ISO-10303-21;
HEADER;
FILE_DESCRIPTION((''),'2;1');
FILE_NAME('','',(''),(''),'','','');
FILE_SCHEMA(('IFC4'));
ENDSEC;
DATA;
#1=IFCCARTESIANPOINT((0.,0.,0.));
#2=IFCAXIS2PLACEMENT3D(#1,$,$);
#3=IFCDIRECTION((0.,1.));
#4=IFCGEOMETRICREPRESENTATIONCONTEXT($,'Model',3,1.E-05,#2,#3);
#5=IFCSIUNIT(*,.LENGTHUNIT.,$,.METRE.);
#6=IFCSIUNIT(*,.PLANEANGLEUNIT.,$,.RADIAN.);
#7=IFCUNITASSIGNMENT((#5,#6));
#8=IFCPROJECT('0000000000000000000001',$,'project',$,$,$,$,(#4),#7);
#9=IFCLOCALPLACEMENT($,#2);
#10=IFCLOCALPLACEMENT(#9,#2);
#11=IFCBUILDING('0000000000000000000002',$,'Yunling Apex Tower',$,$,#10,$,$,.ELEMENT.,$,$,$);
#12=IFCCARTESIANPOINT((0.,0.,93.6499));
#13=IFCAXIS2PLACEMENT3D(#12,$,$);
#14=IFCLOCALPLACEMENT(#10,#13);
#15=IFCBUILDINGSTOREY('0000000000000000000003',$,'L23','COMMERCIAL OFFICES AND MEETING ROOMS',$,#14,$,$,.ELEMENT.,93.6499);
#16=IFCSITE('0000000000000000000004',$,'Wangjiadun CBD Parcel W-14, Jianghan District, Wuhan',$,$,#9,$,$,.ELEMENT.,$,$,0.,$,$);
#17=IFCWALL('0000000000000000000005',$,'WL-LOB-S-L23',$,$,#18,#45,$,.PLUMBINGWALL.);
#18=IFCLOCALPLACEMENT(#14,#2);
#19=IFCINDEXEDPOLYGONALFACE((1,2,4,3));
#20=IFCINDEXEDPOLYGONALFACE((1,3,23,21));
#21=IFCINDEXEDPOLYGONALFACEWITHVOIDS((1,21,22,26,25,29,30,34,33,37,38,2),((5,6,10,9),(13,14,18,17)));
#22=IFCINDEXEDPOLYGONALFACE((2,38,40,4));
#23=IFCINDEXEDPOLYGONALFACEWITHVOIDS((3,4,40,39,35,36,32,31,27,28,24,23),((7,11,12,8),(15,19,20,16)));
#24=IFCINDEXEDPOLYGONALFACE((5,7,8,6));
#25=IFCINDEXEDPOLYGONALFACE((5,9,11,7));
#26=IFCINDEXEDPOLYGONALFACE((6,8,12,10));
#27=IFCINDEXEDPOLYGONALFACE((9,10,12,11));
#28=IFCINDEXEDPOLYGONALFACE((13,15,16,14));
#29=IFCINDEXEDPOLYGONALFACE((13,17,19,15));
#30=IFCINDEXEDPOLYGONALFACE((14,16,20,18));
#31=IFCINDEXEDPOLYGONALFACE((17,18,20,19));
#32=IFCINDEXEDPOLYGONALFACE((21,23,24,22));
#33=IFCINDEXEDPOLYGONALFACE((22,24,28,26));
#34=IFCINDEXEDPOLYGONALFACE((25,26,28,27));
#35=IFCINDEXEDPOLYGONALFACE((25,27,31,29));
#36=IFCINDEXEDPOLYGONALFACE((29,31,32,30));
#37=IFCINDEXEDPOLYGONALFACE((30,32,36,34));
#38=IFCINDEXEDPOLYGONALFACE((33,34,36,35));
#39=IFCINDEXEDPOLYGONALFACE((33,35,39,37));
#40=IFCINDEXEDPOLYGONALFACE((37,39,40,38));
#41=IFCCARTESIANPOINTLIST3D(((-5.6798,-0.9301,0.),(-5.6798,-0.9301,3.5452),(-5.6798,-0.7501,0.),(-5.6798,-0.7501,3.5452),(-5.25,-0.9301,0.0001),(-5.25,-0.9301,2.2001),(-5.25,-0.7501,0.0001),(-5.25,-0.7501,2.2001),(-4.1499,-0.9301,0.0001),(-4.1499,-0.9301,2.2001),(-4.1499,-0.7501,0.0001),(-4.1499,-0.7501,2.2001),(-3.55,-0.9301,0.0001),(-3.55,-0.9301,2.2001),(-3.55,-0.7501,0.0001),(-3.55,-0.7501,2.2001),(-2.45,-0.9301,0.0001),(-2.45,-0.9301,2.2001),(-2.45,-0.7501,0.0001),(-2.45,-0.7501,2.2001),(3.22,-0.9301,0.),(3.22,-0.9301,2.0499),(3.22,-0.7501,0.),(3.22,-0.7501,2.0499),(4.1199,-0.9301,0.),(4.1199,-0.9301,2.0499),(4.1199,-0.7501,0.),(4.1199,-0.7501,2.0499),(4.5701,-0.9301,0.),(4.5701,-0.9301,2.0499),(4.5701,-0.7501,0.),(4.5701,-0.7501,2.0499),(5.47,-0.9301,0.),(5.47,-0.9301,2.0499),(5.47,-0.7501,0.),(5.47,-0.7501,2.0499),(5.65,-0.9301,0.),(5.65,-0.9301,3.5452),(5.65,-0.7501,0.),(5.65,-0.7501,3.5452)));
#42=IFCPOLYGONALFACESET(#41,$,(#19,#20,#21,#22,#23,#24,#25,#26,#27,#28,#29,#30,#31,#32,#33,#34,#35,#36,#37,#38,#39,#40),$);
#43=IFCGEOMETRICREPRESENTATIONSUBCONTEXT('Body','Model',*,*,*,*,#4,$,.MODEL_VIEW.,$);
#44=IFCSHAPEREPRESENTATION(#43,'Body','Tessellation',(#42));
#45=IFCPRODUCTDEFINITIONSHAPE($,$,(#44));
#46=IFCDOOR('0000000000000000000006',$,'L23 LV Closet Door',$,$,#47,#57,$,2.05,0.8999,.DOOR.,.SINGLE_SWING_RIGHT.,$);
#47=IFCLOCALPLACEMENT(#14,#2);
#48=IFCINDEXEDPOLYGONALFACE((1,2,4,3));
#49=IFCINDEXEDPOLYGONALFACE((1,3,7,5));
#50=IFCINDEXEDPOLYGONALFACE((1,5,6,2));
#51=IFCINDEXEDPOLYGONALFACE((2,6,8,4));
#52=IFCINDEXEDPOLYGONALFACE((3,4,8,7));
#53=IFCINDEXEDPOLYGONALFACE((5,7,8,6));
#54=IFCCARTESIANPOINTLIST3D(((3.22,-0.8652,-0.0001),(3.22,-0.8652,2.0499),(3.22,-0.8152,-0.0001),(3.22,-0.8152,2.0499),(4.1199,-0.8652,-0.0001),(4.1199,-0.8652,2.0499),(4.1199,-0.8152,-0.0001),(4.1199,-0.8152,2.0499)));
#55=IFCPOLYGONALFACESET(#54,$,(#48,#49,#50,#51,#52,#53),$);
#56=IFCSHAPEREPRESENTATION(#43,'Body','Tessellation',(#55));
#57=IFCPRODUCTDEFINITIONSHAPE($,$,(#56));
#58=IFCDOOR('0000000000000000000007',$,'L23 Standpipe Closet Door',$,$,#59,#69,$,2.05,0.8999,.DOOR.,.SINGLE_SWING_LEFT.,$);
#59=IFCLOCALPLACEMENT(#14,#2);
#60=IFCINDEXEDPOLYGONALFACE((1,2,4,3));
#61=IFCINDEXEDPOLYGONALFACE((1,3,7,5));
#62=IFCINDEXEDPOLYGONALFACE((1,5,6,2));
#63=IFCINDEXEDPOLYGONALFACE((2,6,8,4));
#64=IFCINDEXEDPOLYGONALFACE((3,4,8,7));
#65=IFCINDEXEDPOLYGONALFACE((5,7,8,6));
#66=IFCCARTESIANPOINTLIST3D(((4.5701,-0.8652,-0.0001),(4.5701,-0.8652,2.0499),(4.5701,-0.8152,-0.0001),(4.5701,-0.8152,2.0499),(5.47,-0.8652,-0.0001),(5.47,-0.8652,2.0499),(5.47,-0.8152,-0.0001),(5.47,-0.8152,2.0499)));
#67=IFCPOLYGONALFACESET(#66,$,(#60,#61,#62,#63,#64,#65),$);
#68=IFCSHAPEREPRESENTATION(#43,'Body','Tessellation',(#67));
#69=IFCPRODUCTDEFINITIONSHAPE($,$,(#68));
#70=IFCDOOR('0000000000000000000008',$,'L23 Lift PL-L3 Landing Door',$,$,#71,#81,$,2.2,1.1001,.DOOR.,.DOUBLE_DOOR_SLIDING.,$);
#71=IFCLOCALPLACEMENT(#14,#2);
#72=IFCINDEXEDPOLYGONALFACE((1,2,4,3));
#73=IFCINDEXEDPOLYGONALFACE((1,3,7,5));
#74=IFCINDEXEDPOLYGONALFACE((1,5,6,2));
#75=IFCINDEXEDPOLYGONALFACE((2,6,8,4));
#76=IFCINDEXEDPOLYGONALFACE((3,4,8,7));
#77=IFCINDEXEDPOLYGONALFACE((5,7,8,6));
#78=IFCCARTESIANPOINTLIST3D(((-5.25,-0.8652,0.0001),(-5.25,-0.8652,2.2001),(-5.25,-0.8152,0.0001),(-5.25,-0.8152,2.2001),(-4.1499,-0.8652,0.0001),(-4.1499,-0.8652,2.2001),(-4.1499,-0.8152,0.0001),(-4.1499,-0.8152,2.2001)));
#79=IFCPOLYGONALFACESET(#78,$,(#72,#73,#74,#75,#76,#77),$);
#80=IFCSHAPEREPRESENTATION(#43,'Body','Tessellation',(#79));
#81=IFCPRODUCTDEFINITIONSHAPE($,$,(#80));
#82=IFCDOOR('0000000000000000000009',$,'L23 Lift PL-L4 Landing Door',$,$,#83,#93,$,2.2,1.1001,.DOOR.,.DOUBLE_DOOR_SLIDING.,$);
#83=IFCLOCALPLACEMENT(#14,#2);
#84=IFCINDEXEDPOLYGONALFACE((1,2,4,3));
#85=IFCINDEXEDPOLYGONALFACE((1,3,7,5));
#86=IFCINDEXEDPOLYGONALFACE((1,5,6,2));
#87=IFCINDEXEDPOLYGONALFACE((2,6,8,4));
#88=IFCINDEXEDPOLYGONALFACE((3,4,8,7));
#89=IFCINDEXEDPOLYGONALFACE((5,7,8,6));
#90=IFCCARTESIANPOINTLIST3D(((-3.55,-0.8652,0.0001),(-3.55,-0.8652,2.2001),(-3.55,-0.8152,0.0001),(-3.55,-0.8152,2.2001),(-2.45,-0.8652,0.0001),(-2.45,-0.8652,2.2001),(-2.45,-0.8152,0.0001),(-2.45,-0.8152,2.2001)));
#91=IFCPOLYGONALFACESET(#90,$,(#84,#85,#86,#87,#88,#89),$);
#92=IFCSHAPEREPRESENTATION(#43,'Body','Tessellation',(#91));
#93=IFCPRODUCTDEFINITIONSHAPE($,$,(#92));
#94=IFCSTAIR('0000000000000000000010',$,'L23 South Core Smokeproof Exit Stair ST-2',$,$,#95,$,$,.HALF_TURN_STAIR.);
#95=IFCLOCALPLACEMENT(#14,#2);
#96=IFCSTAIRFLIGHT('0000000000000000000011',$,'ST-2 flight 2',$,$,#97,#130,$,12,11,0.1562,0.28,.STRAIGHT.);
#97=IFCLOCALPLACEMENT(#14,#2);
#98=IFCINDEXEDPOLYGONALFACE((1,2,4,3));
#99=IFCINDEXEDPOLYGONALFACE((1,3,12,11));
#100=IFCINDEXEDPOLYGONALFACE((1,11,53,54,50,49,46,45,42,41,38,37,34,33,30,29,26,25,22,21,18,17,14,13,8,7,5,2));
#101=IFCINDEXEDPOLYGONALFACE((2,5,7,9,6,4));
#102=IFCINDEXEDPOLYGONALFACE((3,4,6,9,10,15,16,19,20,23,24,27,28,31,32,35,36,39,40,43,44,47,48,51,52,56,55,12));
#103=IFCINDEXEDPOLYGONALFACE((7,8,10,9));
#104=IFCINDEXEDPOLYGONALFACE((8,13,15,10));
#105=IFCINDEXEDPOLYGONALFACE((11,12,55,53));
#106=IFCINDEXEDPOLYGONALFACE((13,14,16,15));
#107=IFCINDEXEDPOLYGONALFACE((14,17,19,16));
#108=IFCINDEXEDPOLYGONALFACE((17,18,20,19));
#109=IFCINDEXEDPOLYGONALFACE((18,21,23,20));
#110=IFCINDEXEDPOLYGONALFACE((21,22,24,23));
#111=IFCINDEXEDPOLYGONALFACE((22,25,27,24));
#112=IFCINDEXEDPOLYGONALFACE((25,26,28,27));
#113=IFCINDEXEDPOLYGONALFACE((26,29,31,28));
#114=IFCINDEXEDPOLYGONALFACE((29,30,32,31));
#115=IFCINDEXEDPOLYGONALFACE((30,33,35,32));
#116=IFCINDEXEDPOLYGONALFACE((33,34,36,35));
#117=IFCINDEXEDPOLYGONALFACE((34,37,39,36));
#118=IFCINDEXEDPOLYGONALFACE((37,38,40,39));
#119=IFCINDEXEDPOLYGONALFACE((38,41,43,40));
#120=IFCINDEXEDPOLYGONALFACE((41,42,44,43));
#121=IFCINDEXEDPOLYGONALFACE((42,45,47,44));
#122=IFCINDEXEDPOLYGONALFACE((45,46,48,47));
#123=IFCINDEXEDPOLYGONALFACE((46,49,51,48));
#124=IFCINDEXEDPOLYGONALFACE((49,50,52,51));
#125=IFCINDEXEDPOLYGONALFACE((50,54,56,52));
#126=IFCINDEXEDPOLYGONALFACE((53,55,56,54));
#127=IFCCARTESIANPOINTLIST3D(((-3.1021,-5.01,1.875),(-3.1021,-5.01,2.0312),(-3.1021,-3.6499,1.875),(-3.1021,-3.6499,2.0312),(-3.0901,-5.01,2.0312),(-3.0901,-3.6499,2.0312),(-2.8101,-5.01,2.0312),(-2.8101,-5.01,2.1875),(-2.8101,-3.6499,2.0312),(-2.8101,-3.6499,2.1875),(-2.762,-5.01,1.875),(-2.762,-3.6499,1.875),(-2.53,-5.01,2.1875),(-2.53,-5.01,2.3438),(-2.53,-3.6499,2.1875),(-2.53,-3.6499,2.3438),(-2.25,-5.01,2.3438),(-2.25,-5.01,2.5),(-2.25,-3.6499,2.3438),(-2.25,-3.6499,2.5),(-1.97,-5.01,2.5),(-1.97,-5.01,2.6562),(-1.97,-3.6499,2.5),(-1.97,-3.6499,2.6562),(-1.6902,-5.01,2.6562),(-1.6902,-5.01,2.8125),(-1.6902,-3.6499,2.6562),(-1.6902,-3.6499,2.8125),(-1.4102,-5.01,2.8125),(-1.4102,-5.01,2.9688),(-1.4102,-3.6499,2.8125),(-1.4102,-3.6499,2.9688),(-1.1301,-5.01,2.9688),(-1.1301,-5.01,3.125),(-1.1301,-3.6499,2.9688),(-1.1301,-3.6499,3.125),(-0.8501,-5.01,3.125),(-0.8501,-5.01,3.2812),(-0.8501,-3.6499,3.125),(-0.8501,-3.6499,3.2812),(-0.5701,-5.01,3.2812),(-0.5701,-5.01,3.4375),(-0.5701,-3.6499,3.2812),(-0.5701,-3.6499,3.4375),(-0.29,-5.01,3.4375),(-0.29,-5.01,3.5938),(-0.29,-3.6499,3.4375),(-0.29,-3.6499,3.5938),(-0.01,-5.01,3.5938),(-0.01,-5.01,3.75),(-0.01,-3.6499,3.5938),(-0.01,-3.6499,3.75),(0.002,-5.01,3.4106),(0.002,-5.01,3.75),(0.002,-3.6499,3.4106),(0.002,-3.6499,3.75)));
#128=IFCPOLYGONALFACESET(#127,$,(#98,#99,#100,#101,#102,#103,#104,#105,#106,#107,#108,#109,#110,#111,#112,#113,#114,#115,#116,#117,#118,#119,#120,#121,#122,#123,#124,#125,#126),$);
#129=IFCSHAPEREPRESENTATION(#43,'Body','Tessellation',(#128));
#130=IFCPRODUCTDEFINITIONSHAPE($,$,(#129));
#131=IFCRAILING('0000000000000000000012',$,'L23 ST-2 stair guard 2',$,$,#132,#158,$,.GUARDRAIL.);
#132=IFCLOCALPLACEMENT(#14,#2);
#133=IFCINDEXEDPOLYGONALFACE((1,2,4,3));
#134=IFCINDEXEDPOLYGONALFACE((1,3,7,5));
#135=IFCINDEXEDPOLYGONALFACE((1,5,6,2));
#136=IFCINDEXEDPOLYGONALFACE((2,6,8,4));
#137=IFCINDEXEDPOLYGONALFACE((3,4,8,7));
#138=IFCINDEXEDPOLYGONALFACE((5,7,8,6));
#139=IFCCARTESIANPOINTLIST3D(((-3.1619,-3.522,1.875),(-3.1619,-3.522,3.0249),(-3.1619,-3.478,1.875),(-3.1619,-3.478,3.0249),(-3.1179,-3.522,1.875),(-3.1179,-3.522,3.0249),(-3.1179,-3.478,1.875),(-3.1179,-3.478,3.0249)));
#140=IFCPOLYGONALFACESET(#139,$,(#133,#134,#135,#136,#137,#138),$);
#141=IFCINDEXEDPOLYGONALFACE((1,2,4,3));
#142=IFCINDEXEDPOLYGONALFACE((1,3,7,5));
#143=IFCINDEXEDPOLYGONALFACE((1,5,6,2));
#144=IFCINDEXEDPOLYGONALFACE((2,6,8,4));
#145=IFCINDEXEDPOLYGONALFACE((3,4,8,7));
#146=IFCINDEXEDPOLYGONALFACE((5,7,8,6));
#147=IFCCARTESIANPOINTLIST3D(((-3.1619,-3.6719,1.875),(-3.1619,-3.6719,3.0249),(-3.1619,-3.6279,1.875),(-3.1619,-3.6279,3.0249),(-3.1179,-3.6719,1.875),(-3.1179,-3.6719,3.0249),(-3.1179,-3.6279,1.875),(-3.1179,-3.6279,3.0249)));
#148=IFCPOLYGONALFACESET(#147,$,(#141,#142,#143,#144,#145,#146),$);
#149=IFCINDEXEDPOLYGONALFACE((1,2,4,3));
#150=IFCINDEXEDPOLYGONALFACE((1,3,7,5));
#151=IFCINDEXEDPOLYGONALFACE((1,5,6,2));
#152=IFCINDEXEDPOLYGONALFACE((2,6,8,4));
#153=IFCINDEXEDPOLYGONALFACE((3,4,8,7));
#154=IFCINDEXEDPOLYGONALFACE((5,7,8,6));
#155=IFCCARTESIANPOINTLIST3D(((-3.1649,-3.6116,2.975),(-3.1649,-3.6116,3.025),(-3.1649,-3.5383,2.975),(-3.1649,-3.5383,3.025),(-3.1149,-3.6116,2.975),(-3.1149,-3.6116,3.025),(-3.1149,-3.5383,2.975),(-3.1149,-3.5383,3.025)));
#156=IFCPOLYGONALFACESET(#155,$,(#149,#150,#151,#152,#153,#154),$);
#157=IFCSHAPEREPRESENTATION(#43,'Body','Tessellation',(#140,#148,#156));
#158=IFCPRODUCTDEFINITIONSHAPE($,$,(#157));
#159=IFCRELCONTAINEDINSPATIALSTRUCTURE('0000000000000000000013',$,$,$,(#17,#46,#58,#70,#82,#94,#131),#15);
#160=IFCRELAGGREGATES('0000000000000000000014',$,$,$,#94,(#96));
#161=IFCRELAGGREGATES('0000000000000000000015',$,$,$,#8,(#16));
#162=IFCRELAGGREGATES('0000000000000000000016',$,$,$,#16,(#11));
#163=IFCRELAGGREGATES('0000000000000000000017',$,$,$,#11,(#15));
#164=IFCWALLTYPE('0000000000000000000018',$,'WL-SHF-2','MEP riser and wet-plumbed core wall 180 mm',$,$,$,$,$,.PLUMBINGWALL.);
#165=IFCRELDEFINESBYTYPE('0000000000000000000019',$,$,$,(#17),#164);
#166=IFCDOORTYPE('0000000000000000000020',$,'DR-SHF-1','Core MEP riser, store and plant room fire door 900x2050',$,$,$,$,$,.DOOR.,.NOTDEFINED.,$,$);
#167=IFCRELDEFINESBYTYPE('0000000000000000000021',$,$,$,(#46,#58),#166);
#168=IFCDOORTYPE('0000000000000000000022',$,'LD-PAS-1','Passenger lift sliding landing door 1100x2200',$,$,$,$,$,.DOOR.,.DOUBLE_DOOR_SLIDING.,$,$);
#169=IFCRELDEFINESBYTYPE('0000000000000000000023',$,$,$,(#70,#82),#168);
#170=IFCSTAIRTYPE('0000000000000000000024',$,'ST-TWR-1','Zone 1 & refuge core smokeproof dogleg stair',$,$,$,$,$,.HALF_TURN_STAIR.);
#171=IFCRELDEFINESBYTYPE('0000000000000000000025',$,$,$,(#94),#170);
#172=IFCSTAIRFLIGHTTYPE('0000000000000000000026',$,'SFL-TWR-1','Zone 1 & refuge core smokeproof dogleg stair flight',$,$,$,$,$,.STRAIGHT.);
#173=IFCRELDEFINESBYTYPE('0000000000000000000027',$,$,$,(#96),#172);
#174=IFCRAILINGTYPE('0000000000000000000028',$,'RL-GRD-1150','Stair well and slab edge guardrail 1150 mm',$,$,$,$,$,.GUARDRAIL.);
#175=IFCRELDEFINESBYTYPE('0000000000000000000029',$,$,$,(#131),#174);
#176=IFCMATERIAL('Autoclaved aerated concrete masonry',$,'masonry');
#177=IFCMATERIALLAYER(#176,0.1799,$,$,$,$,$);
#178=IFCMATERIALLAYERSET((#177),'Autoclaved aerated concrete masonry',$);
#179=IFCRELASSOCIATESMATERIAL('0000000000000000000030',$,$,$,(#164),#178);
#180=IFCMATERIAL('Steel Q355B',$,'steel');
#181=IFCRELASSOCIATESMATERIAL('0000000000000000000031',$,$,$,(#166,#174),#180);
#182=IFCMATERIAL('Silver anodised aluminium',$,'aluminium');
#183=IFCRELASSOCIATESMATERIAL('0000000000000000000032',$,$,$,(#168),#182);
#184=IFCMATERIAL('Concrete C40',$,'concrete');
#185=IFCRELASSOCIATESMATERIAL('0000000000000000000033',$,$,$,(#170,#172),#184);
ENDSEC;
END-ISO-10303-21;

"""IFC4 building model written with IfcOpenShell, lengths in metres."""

from ifc_helpers import new_model, si_unit, direction, frame, frame_2d, origin, origin_2d, place, context, subcontext, project, spatial, polyline, rectangle, outline, extrude, material, layer, layer_set, type_object, element, fill, aggregate, save


model = new_model("IFC4")

# Units and contexts
model_context = context("Model", 3, precision=1e-05, world=origin(), true_north=direction((0.0, 1.0)))
body_context = subcontext(model_context, "Body", "Model", "MODEL_VIEW")
ifc_project = project(units=[si_unit("LENGTHUNIT", "METRE"), si_unit("PLANEANGLEUNIT", "RADIAN")], contexts=[model_context])

# Site, building, storey
site_placement = place(None, origin())
site = spatial("IfcSite", under=ifc_project, at=site_placement, Name="Wangjiadun CBD Parcel W-14, Jianghan District, Wuhan", CompositionType="ELEMENT", RefElevation=0.0)
building_placement = place(site_placement, origin())
building = spatial("IfcBuilding", under=site, at=building_placement, Name="Yunling Apex Tower", CompositionType="ELEMENT")
storey_placement = place(building_placement, frame((0.0, 0.0, 93.6499)))
storey = spatial("IfcBuildingStorey", under=building, at=storey_placement, Name="L23", Description="COMMERCIAL OFFICES AND MEETING ROOMS", CompositionType="ELEMENT", Elevation=93.6499)

# Shared definitions
ifc_material_1 = material(Name="Steel Q355B", Category="steel")

# Shared definitions
ifc_material_2 = material(Name="Concrete C40", Category="concrete")

# Shared definitions
ifc_material_3 = material(Name="Autoclaved aerated concrete masonry", Category="masonry")

# Shared definitions
ifc_layer_1 = layer(ifc_material_3, 0.1799)
ifc_layer_set_1 = layer_set([ifc_layer_1], Name="Autoclaved aerated concrete masonry")
wall_type_1 = type_object("IfcWallType", Name="WL-SHF-2", Description="MEP riser and wet-plumbed core wall 180 mm", PredefinedType="PLUMBINGWALL", material=ifc_layer_set_1)

# Wall, openings, doors
wall_1_placement = place(storey_placement, frame((-5.6799, -0.8401, 0.0), z_axis=(0.0, 0.0, 1.0), x_axis=(1.0, 0.0, 0.0)))
wall_1 = element("IfcWall", 1, at=wall_1_placement, inside=storey, type_object=wall_type_1, Name="WL-LOB-S-L23", PredefinedType="PLUMBINGWALL", context=body_context, shape_type="SweptSolid", body=[
    extrude(rectangle(XDim=11.3298, YDim=0.1799, at=frame_2d((5.665, 0.0))), origin(), (0.0, 0.0, 1.0), 3.5452),
])
opening_1_placement = place(wall_1_placement, frame((0.4299, 0.0, 0.0)))
opening_1 = element("IfcOpeningElement", 2, at=opening_1_placement, cuts=wall_1, PredefinedType="OPENING", context=body_context, shape_type="SweptSolid", body=[
    extrude(rectangle(XDim=1.1001, YDim=2.2, at=frame_2d((0.55, 1.1001))), frame((0.0, 0.1001, 0.0), z_axis=(0.0, -1.0, 0.0), x_axis=(1.0, 0.0, 0.0)), (0.0, 0.0, 1.0), 0.2),
])
opening_2_placement = place(wall_1_placement, frame((2.1299, 0.0, 0.0)))
opening_2 = element("IfcOpeningElement", 3, at=opening_2_placement, cuts=wall_1, PredefinedType="OPENING", context=body_context, shape_type="SweptSolid", body=[
    extrude(rectangle(XDim=1.1001, YDim=2.2, at=frame_2d((0.55, 1.1001))), frame((0.0, 0.1001, 0.0), z_axis=(0.0, -1.0, 0.0), x_axis=(1.0, 0.0, 0.0)), (0.0, 0.0, 1.0), 0.2),
])
opening_3_placement = place(wall_1_placement, frame((8.8999, 0.0, 0.0)))
opening_3 = element("IfcOpeningElement", 4, at=opening_3_placement, cuts=wall_1, PredefinedType="OPENING", context=body_context, shape_type="SweptSolid", body=[
    extrude(rectangle(XDim=0.8999, YDim=2.05, at=frame_2d((0.45, 1.0249))), frame((0.0, 0.1001, 0.0), z_axis=(0.0, -1.0, 0.0), x_axis=(1.0, 0.0, 0.0)), (0.0, 0.0, 1.0), 0.2),
])
opening_4_placement = place(wall_1_placement, frame((10.25, 0.0, 0.0)))
opening_4 = element("IfcOpeningElement", 5, at=opening_4_placement, cuts=wall_1, PredefinedType="OPENING", context=body_context, shape_type="SweptSolid", body=[
    extrude(rectangle(XDim=0.8999, YDim=2.05, at=frame_2d((0.45, 1.0249))), frame((0.0, 0.1001, 0.0), z_axis=(0.0, -1.0, 0.0), x_axis=(1.0, 0.0, 0.0)), (0.0, 0.0, 1.0), 0.2),
])
door_type_1 = type_object("IfcDoorType", Name="DR-SHF-1", Description="Core MEP riser, store and plant room fire door 900x2050", OperationType="NOTDEFINED", PredefinedType="DOOR", material=ifc_material_1)
door_1_placement = place(opening_3_placement, origin())
door_1 = element("IfcDoor", 6, at=door_1_placement, inside=storey, type_object=door_type_1, Name="L23 LV Closet Door", OperationType="SINGLE_SWING_RIGHT", OverallHeight=2.05, OverallWidth=0.8999, PredefinedType="DOOR", context=body_context, shape_type="SweptSolid", body=[
    extrude(rectangle(XDim=0.8999, YDim=2.05, at=frame_2d((0.45, 1.0249))), frame((0.0, 0.0249, 0.0), z_axis=(0.0, -1.0, 0.0), x_axis=(1.0, 0.0, 0.0)), (0.0, 0.0, 1.0), 0.05),
])
fill(opening_3, door_1)
door_2_placement = place(opening_4_placement, origin())
door_2 = element("IfcDoor", 7, at=door_2_placement, inside=storey, type_object=door_type_1, Name="L23 Standpipe Closet Door", OperationType="SINGLE_SWING_LEFT", OverallHeight=2.05, OverallWidth=0.8999, PredefinedType="DOOR", context=body_context, shape_type="SweptSolid", body=[
    extrude(rectangle(XDim=0.8999, YDim=2.05, at=frame_2d((0.45, 1.0249))), frame((0.0, 0.0249, 0.0), z_axis=(0.0, -1.0, 0.0), x_axis=(1.0, 0.0, 0.0)), (0.0, 0.0, 1.0), 0.05),
])
fill(opening_4, door_2)
ifc_material_4 = material(Name="Silver anodised aluminium", Category="aluminium")
door_type_2 = type_object("IfcDoorType", Name="LD-PAS-1", Description="Passenger lift sliding landing door 1100x2200", OperationType="DOUBLE_DOOR_SLIDING", PredefinedType="DOOR", material=ifc_material_4)
door_3_placement = place(opening_1_placement, origin())
door_3 = element("IfcDoor", 8, at=door_3_placement, inside=storey, type_object=door_type_2, Name="L23 Lift PL-L3 Landing Door", OperationType="DOUBLE_DOOR_SLIDING", OverallHeight=2.2, OverallWidth=1.1001, PredefinedType="DOOR", context=body_context, shape_type="SweptSolid", body=[
    extrude(rectangle(XDim=1.1001, YDim=2.2, at=frame_2d((0.55, 1.1001))), frame((0.0, 0.0249, 0.0), z_axis=(0.0, -1.0, 0.0), x_axis=(1.0, 0.0, 0.0)), (0.0, 0.0, 1.0), 0.05),
])
fill(opening_1, door_3)
door_4_placement = place(opening_2_placement, origin())
door_4 = element("IfcDoor", 9, at=door_4_placement, inside=storey, type_object=door_type_2, Name="L23 Lift PL-L4 Landing Door", OperationType="DOUBLE_DOOR_SLIDING", OverallHeight=2.2, OverallWidth=1.1001, PredefinedType="DOOR", context=body_context, shape_type="SweptSolid", body=[
    extrude(rectangle(XDim=1.1001, YDim=2.2, at=frame_2d((0.55, 1.1001))), frame((0.0, 0.0249, 0.0), z_axis=(0.0, -1.0, 0.0), x_axis=(1.0, 0.0, 0.0)), (0.0, 0.0, 1.0), 0.05),
])
fill(opening_2, door_4)

# Stair, stair flight
stair_type = type_object("IfcStairType", Name="ST-TWR-1", Description="Zone 1 & refuge core smokeproof dogleg stair", PredefinedType="HALF_TURN_STAIR", material=ifc_material_2)
stair_placement = place(storey_placement, origin())
stair = element("IfcStair", 10, at=stair_placement, inside=storey, type_object=stair_type, Name="L23 South Core Smokeproof Exit Stair ST-2", PredefinedType="HALF_TURN_STAIR")
stair_flight_type = type_object("IfcStairFlightType", Name="SFL-TWR-1", Description="Zone 1 & refuge core smokeproof dogleg stair flight", PredefinedType="STRAIGHT", material=ifc_material_2)
stair_flight_placement = place(storey_placement, frame((-3.0901, -4.3301, 1.875), z_axis=(0.0, 0.0, 1.0), x_axis=(1.0, 0.0, 0.0)))
stair_flight = element("IfcStairFlight", 11, at=stair_flight_placement, type_object=stair_flight_type, Name="ST-2 flight 2", NumberOfRisers=12, NumberOfTreads=11, PredefinedType="STRAIGHT", RiserHeight=0.1562, TreadLength=0.28, context=body_context, shape_type="SweptSolid", body=[
    extrude(outline(polyline([(-0.012, 0.0), (-0.012, 0.1562), (0.0, 0.1562), (0.28, 0.1562), (0.28, 0.3125), (0.5601, 0.3125), (0.5601, 0.4688), (0.8401, 0.4688), (0.8401, 0.625), (1.1201, 0.625), (1.1201, 0.7812), (1.3999, 0.7812), (1.3999, 0.9375), (1.6799, 0.9375), (1.6799, 1.0938), (1.96, 1.0938), (1.96, 1.25), (2.24, 1.25), (2.24, 1.4062), (2.52, 1.4062), (2.52, 1.5625), (2.8, 1.5625), (2.8, 1.7188), (3.0801, 1.7188), (3.0801, 1.875), (3.092, 1.875), (3.092, 1.5356), (0.3281, 0.0), (-0.012, 0.0)])), frame((0.0, 0.6802, 0.0), z_axis=(0.0, -1.0, 0.0), x_axis=(1.0, 0.0, 0.0)), (0.0, 0.0, 1.0), 1.3601),
])
aggregate(stair, [stair_flight])

# Railing
railing_type_1 = type_object("IfcRailingType", Name="RL-GRD-1150", Description="Stair well and slab edge guardrail 1150 mm", PredefinedType="GUARDRAIL", material=ifc_material_1)
railing_1_placement = place(storey_placement, frame((-3.1399, -3.5, 1.875)))
element("IfcRailing", 12, at=railing_1_placement, inside=storey, type_object=railing_type_1, Name="L23 ST-2 stair guard 2", PredefinedType="GUARDRAIL", context=body_context, shape_type="SweptSolid", body=[
    extrude(rectangle(XDim=0.0439, YDim=0.0439, at=origin_2d()), origin(), (0.0, 0.0, 1.0), 1.1499),
    extrude(rectangle(XDim=0.0439, YDim=0.0439, at=origin_2d()), frame((0.0, -0.1499, 0.0)), (0.0, 0.0, 1.0), 1.1499),
    extrude(rectangle(XDim=0.05, YDim=0.05, at=origin_2d()), frame((0.0, -0.0383, 1.125), z_axis=(0.0, -1.0, 0.0), x_axis=(1.0, 0.0, 0.0)), (0.0, 0.0, 1.0), 0.0732),
])

save(model, "model.ifc")
